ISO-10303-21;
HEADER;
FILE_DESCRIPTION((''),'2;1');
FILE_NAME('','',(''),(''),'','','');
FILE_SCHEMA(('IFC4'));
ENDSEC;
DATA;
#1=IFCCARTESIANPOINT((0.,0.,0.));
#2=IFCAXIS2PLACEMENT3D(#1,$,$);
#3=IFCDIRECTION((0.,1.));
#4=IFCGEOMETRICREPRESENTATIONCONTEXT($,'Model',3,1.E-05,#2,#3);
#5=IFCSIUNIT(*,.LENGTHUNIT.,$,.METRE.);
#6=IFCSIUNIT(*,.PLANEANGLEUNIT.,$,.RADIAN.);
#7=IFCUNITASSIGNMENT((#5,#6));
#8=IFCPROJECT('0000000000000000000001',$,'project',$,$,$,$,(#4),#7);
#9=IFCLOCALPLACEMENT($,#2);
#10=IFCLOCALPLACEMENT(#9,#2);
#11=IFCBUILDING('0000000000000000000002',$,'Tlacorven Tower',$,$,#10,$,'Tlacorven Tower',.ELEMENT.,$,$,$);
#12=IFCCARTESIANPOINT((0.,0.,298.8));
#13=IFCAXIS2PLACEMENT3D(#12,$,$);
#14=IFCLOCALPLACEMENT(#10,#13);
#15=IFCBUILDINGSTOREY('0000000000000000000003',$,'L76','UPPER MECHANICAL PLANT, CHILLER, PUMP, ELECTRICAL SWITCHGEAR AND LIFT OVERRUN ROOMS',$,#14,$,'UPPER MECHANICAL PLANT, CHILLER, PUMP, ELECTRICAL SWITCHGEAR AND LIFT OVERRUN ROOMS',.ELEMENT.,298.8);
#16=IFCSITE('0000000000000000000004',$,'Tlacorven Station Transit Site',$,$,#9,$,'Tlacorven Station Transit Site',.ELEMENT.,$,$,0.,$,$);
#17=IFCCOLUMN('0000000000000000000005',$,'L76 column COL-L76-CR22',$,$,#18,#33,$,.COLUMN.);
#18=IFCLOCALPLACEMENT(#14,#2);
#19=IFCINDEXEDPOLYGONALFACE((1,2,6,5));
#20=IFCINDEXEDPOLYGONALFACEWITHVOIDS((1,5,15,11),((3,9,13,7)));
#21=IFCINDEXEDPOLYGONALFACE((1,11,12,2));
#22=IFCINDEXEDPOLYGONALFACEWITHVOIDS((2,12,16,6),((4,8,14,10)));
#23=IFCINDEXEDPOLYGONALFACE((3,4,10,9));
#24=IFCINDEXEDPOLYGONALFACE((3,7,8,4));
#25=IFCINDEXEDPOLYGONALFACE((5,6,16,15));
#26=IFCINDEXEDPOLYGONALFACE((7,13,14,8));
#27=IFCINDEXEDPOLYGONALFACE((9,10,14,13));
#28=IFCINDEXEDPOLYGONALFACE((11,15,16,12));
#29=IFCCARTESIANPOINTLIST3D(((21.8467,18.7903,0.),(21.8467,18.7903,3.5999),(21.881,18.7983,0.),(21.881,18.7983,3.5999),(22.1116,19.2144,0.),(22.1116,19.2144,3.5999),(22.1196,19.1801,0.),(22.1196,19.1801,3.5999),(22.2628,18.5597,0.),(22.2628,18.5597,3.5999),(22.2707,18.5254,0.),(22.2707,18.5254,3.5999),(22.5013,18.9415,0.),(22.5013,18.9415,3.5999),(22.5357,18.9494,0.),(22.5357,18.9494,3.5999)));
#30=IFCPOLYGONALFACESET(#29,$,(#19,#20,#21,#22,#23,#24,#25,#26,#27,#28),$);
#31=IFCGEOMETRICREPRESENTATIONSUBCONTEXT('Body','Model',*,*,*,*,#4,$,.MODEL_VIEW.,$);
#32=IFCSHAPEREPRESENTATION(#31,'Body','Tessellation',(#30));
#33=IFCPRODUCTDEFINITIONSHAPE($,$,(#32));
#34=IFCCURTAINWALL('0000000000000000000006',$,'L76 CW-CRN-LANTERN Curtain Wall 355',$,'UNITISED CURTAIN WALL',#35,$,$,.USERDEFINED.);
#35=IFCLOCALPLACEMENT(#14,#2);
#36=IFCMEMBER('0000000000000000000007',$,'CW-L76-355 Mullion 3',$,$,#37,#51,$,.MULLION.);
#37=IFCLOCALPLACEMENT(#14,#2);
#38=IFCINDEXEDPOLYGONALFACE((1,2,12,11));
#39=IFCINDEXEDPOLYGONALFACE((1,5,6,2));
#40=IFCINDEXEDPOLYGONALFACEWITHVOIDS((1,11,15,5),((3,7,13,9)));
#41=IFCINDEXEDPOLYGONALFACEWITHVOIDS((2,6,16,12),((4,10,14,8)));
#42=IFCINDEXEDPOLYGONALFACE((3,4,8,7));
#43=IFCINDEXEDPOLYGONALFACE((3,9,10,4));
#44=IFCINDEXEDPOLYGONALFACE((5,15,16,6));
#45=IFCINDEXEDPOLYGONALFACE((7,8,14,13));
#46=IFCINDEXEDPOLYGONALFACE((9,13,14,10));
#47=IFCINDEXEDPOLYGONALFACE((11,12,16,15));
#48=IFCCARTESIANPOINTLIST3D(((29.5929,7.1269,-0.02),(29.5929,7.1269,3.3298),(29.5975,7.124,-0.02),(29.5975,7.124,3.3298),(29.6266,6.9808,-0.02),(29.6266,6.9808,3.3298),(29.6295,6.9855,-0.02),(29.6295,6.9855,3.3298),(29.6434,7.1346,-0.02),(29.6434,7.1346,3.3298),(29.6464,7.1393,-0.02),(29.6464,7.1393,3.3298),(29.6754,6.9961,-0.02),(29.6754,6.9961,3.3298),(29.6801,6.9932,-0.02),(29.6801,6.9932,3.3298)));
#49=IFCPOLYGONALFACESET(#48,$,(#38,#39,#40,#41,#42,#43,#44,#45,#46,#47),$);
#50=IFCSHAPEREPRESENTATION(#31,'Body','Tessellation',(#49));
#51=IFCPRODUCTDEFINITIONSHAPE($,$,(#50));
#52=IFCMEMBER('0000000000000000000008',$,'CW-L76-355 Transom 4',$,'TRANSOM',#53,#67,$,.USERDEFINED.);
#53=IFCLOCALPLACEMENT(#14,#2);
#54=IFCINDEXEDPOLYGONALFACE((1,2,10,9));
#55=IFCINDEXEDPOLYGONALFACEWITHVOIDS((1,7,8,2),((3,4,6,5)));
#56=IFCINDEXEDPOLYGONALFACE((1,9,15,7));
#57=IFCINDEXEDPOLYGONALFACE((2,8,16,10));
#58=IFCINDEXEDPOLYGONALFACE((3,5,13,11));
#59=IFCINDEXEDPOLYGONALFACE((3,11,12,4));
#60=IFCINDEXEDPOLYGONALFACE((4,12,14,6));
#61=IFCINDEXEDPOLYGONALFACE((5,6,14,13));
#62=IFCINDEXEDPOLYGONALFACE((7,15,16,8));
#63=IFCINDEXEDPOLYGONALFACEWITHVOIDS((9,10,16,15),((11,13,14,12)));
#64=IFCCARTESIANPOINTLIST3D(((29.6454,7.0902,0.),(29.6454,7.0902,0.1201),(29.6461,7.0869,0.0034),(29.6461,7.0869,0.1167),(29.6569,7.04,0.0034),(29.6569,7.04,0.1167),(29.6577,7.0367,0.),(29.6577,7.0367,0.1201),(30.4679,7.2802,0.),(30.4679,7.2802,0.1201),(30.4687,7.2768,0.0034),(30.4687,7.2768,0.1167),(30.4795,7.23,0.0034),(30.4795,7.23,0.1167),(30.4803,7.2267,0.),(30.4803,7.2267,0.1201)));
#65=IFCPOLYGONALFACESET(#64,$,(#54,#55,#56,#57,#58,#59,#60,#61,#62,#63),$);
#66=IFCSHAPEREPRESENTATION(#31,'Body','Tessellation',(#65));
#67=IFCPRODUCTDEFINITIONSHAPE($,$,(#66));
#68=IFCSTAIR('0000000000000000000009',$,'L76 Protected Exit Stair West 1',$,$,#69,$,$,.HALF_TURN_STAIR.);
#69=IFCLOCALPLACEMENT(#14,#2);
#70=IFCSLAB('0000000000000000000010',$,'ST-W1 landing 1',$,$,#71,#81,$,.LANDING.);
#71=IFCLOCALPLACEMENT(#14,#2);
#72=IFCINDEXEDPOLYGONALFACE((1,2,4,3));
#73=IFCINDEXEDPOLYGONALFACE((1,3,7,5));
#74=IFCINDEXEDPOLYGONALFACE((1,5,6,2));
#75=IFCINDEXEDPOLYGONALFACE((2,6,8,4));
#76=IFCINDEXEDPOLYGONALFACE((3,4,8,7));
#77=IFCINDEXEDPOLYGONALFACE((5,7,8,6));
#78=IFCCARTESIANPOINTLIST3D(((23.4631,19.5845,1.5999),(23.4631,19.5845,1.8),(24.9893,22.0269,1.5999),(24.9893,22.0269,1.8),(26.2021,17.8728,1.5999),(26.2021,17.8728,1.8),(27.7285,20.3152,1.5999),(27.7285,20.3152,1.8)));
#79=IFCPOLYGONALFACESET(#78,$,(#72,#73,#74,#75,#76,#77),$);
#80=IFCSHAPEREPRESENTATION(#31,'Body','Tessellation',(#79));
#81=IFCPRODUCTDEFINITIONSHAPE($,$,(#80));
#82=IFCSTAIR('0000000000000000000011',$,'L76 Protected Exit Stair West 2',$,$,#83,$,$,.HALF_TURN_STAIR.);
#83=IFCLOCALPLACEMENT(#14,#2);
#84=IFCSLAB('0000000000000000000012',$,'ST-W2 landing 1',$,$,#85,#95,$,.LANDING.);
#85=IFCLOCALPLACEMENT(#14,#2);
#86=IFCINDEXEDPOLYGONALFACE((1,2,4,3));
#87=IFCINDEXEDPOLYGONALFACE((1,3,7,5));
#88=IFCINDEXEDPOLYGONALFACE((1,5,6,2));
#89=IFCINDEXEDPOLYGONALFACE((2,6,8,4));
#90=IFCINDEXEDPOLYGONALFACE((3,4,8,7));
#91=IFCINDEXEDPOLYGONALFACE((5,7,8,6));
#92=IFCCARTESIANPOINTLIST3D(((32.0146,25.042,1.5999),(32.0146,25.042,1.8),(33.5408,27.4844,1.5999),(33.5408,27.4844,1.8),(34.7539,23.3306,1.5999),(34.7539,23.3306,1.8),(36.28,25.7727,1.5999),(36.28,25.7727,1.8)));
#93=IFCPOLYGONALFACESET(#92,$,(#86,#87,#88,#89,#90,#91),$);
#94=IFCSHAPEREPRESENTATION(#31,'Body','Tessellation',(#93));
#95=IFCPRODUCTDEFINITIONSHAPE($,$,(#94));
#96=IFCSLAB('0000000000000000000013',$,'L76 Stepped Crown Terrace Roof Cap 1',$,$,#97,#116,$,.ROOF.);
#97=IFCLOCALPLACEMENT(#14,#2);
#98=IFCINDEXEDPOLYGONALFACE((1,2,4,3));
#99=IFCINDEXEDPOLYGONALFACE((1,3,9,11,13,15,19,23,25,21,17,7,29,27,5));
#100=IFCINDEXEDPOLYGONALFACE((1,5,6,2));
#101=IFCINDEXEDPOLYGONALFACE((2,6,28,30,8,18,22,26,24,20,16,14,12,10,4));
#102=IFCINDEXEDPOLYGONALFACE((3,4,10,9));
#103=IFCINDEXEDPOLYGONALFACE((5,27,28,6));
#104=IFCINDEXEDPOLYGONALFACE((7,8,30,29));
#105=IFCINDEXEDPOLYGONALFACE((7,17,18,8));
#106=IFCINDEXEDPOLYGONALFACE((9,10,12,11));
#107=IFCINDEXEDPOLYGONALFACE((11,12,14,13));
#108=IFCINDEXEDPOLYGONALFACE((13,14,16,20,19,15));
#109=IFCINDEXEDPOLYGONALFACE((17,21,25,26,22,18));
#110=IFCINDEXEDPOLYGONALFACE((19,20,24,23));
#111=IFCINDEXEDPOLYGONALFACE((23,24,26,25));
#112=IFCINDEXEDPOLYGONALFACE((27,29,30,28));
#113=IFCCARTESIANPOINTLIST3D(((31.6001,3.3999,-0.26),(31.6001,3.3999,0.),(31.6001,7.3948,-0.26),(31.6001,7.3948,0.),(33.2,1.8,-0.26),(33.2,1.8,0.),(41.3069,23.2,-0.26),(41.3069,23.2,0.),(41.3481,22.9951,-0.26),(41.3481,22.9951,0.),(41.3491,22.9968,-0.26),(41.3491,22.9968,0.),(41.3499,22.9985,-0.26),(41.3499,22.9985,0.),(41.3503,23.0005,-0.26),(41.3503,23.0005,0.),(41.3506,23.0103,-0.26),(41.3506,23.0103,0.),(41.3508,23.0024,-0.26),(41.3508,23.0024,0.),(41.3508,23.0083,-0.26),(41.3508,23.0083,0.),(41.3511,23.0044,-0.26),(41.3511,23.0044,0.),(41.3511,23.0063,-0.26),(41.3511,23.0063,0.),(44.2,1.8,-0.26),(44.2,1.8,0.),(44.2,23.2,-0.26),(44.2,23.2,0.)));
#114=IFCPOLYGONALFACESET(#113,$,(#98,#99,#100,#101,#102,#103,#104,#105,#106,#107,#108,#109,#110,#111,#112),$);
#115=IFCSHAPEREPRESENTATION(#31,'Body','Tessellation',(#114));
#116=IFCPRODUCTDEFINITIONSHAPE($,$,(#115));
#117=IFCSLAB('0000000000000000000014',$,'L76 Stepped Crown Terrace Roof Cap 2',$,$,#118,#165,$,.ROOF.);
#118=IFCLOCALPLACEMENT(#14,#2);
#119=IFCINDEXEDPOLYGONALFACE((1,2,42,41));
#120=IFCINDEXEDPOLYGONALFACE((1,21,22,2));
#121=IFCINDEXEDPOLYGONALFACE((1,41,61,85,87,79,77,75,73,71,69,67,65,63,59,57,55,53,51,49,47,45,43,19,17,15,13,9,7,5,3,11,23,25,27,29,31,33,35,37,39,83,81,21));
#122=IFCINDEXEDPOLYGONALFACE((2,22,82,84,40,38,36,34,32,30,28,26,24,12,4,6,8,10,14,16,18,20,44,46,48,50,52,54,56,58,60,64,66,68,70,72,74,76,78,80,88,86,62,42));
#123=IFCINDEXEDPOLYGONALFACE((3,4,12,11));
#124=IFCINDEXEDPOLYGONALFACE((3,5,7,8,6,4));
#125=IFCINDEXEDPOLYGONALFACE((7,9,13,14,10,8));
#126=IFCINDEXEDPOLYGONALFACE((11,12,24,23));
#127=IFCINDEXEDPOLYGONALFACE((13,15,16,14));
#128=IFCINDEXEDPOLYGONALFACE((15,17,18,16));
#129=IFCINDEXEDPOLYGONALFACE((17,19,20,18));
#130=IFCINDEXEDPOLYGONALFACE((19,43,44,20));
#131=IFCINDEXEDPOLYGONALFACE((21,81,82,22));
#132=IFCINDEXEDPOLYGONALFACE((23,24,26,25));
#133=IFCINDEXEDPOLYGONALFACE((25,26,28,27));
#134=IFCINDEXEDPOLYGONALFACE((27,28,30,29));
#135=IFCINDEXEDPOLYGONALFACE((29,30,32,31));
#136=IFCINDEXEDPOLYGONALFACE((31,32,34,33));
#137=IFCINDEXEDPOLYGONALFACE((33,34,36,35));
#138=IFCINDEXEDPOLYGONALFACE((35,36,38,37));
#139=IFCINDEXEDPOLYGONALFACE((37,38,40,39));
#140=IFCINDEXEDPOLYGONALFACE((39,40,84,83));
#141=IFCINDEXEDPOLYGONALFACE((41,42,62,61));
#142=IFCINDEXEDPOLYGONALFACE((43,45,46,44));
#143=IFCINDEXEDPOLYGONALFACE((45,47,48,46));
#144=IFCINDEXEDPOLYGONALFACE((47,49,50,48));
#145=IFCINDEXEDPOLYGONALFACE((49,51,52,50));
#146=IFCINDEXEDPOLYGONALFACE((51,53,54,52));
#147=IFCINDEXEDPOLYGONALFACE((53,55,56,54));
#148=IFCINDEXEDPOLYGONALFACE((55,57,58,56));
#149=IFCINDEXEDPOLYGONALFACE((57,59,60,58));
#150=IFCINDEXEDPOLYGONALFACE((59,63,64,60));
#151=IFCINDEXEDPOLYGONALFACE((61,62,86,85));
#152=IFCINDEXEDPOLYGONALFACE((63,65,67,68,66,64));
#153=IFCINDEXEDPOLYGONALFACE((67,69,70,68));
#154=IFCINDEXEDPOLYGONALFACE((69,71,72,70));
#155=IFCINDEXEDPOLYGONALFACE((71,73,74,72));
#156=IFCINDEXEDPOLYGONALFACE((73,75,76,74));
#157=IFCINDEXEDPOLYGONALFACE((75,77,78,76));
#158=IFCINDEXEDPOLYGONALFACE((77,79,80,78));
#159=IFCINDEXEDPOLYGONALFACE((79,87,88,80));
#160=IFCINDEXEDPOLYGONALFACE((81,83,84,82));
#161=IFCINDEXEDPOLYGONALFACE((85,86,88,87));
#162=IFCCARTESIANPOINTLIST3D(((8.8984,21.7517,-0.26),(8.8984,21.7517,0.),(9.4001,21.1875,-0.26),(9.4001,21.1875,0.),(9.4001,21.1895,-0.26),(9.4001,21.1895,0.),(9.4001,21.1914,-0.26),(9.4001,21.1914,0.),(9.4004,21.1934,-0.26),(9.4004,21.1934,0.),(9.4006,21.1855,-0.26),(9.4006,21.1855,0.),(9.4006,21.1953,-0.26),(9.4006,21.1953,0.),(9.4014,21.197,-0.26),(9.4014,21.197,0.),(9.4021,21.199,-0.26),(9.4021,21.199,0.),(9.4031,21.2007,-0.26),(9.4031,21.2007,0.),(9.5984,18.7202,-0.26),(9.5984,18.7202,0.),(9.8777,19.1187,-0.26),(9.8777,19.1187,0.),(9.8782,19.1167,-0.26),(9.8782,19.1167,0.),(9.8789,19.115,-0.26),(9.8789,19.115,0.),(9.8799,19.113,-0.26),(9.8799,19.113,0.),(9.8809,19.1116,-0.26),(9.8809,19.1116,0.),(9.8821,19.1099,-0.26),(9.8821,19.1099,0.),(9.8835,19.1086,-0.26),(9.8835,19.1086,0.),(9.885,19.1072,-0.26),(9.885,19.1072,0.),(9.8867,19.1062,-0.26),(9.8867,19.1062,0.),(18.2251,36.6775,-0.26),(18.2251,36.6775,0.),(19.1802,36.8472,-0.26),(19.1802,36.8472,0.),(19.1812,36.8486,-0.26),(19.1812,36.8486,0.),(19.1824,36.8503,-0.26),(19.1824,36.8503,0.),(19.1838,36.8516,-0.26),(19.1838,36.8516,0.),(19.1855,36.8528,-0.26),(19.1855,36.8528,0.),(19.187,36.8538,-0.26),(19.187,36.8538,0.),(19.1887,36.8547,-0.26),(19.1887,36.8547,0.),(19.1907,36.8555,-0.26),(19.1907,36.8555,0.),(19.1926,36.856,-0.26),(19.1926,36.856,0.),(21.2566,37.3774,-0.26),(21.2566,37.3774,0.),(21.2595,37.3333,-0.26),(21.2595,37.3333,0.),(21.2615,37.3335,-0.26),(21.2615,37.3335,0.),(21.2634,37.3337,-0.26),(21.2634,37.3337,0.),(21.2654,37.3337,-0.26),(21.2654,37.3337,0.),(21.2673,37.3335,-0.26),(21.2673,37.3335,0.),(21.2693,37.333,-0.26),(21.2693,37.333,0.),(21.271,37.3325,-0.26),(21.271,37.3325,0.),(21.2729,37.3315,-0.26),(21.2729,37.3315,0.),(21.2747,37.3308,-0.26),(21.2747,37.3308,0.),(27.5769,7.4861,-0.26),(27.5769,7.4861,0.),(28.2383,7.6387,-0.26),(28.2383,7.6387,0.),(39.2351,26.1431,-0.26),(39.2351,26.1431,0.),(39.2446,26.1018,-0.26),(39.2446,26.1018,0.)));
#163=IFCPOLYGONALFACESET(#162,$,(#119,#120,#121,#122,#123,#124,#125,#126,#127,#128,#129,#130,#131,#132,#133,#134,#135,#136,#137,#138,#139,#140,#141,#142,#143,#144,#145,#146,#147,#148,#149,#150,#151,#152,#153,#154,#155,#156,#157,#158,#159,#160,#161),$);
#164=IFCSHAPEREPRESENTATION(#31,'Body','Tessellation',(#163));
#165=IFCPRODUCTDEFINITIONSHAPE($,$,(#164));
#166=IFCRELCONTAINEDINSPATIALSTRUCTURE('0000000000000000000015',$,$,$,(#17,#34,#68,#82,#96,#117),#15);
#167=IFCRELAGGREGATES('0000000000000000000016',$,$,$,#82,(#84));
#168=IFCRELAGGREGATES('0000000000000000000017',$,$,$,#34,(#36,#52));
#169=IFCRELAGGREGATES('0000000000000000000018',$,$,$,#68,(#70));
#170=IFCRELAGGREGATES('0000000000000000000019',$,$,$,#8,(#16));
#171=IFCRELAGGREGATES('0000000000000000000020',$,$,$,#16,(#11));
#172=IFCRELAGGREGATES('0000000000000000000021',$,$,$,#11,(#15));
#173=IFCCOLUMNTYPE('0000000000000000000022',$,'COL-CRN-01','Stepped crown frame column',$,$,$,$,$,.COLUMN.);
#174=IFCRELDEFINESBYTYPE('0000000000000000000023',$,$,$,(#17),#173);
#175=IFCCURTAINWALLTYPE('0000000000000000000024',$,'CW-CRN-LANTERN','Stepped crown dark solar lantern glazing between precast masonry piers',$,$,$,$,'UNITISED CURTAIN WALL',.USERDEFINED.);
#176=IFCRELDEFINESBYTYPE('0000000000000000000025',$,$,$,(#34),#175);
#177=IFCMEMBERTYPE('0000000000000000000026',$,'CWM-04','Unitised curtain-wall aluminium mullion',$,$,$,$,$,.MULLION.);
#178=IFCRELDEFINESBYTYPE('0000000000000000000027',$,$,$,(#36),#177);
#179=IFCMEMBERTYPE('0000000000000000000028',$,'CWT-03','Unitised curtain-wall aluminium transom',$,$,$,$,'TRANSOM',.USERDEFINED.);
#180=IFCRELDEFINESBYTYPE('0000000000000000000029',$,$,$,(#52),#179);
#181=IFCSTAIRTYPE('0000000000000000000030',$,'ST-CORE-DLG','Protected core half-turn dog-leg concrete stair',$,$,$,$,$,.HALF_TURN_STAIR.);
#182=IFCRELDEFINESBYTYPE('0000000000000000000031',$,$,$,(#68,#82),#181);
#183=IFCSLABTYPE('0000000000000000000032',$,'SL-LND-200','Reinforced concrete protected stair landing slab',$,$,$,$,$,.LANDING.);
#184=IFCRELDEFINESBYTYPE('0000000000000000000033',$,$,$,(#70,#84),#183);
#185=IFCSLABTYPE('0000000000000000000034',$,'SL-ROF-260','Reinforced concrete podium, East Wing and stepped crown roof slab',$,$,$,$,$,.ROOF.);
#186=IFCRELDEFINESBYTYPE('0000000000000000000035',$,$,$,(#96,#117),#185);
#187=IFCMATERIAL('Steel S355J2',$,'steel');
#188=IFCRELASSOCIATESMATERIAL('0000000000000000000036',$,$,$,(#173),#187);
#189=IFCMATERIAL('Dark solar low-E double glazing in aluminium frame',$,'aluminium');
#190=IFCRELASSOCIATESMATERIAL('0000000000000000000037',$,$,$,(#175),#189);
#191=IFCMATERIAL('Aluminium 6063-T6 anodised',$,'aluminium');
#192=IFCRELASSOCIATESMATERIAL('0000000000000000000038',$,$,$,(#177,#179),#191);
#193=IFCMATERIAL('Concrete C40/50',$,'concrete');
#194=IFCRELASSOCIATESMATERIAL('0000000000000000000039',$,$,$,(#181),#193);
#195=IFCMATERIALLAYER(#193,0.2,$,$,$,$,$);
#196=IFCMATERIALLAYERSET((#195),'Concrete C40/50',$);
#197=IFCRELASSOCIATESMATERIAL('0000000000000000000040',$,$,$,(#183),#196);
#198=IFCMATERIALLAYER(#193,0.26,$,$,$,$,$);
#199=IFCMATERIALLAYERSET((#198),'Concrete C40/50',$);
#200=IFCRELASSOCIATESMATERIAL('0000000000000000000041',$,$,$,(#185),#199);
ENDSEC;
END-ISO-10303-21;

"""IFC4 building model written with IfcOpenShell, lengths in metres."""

from ifc_helpers import new_model, si_unit, direction, frame, origin, origin_2d, place, context, subcontext, project, spatial, polyline, hollow_rectangle, outline, extrude, source, transform, mapped, material, layer, layer_set, material_profile, profile_set, type_object, element, aggregate, save


model = new_model("IFC4")

# Units and contexts
model_context = context("Model", 3, precision=1e-05, world=origin(), true_north=direction((0.0, 1.0)))
body_context = subcontext(model_context, "Body", "Model", "MODEL_VIEW")
ifc_project = project(units=[si_unit("LENGTHUNIT", "METRE"), si_unit("PLANEANGLEUNIT", "RADIAN")], contexts=[model_context])

# Site, building, storey
site_placement = place(None, origin())
site = spatial("IfcSite", under=ifc_project, at=site_placement, Name="Tlacorven Station Transit Site", LongName="Tlacorven Station Transit Site", CompositionType="ELEMENT", RefElevation=0.0)
building_placement = place(site_placement, origin())
building = spatial("IfcBuilding", under=site, at=building_placement, Name="Tlacorven Tower", LongName="Tlacorven Tower", CompositionType="ELEMENT")
storey_placement = place(building_placement, frame((0.0, 0.0, 298.8)))
storey = spatial("IfcBuildingStorey", under=building, at=storey_placement, Name="L76", Description="UPPER MECHANICAL PLANT, CHILLER, PUMP, ELECTRICAL SWITCHGEAR AND LIFT OVERRUN ROOMS", LongName="UPPER MECHANICAL PLANT, CHILLER, PUMP, ELECTRICAL SWITCHGEAR AND LIFT OVERRUN ROOMS", CompositionType="ELEMENT", Elevation=298.8)

# Column
ifc_material_1 = material(Name="Steel S355J2", Category="steel")
ifc_material_profile_1 = material_profile(ifc_material_1, hollow_rectangle(XDim=0.5, YDim=0.5, WallThickness=0.0249, at=origin_2d()), Name="BOX 500X500X25")
ifc_profile_set_1 = profile_set([ifc_material_profile_1], Name="Steel S355J2")
column_type = type_object("IfcColumnType", Name="COL-CRN-01", Description="Stepped crown frame column", PredefinedType="COLUMN", material=ifc_profile_set_1)
shared_shape_1 = source(origin(), body_context, "Body", "SweptSolid", [
    extrude(hollow_rectangle(XDim=0.5, YDim=0.5, WallThickness=0.0249, at=origin_2d()), origin(), (0.0, 0.0, 1.0), 3.5999),
])
column_placement = place(storey_placement, frame((22.1912, 18.8699, 0.0), z_axis=(0.0, 0.0, 1.0), x_axis=(-0.848048, 0.529919, 0.0)))
element("IfcColumn", 1, at=column_placement, inside=storey, type_object=column_type, Name="L76 column COL-L76-CR22", PredefinedType="COLUMN", context=body_context, shape_type="MappedRepresentation", body=[
    mapped(shared_shape_1, transform((0.0, 0.0, 0.0), scale=1.0)),
])

# Curtain wall, members
ifc_material_2 = material(Name="Dark solar low-E double glazing in aluminium frame", Category="aluminium")
curtain_wall_type = type_object("IfcCurtainWallType", Name="CW-CRN-LANTERN", Description="Stepped crown dark solar lantern glazing between precast masonry piers", ElementType="UNITISED CURTAIN WALL", PredefinedType="USERDEFINED", material=ifc_material_2)
curtain_wall_placement = place(storey_placement, origin())
curtain_wall = element("IfcCurtainWall", 2, at=curtain_wall_placement, inside=storey, type_object=curtain_wall_type, Name="L76 CW-CRN-LANTERN Curtain Wall 355", ObjectType="UNITISED CURTAIN WALL", PredefinedType="USERDEFINED")
ifc_material_3 = material(Name="Aluminium 6063-T6 anodised", Category="aluminium")
ifc_material_profile_2 = material_profile(ifc_material_3, hollow_rectangle(XDim=0.0549, YDim=0.1499, WallThickness=0.0039, at=origin_2d()), Name="ALU MULLION 55X150")
ifc_profile_set_2 = profile_set([ifc_material_profile_2], Name="Aluminium 6063-T6 anodised")
member_type_1 = type_object("IfcMemberType", Name="CWM-04", Description="Unitised curtain-wall aluminium mullion", PredefinedType="MULLION", material=ifc_profile_set_2)
shared_shape_2 = source(origin(), body_context, "Body", "SweptSolid", [
    extrude(hollow_rectangle(XDim=0.0549, YDim=0.1499, WallThickness=0.0039, at=origin_2d()), origin(), (0.0, 0.0, 1.0), 3.3499),
])
member_1_placement = place(storey_placement, frame((29.6365, 7.0601, -0.02), z_axis=(0.0, 0.0, 1.0), x_axis=(-0.97437, -0.22495, 0.0)))
member_1 = element("IfcMember", 3, at=member_1_placement, type_object=member_type_1, Name="CW-L76-355 Mullion 3", PredefinedType="MULLION", context=body_context, shape_type="MappedRepresentation", body=[
    mapped(shared_shape_2, transform((0.0, 0.0, 0.0), scale=1.0)),
])
ifc_material_profile_3 = material_profile(ifc_material_3, hollow_rectangle(XDim=0.0549, YDim=0.1201, WallThickness=0.0034, at=origin_2d()), Name="ALU TRANSOM 55X120")
ifc_profile_set_3 = profile_set([ifc_material_profile_3], Name="Aluminium 6063-T6 anodised")
member_type_2 = type_object("IfcMemberType", Name="CWT-03", Description="Unitised curtain-wall aluminium transom", ElementType="TRANSOM", PredefinedType="USERDEFINED", material=ifc_profile_set_3)
shared_shape_3 = source(origin(), body_context, "Body", "SweptSolid", [
    extrude(hollow_rectangle(XDim=0.0549, YDim=0.1201, WallThickness=0.0034, at=origin_2d()), origin(), (0.0, 0.0, 1.0), 0.8442),
])
member_2_placement = place(storey_placement, frame((30.4741, 7.2534, 0.0601), z_axis=(-0.974357, -0.225007, 0.0), x_axis=(0.225007, -0.974357, 0.0)))
member_2 = element("IfcMember", 4, at=member_2_placement, type_object=member_type_2, Name="CW-L76-355 Transom 4", ObjectType="TRANSOM", PredefinedType="USERDEFINED", context=body_context, shape_type="MappedRepresentation", body=[
    mapped(shared_shape_3, transform((0.0, 0.0, 0.0), scale=1.0)),
])

# Stairs, slabs
ifc_material_4 = material(Name="Concrete C40/50", Category="concrete")
stair_type = type_object("IfcStairType", Name="ST-CORE-DLG", Description="Protected core half-turn dog-leg concrete stair", PredefinedType="HALF_TURN_STAIR", material=ifc_material_4)
stair_1_placement = place(storey_placement, origin())
stair_1 = element("IfcStair", 5, at=stair_1_placement, inside=storey, type_object=stair_type, Name="L76 Protected Exit Stair West 1", PredefinedType="HALF_TURN_STAIR")
ifc_layer_1 = layer(ifc_material_4, 0.2)
ifc_layer_set_1 = layer_set([ifc_layer_1], Name="Concrete C40/50")
slab_type_1 = type_object("IfcSlabType", Name="SL-LND-200", Description="Reinforced concrete protected stair landing slab", PredefinedType="LANDING", material=ifc_layer_set_1)
slab_1_placement = place(storey_placement, frame((0.0, 0.0, 1.5999)))
slab_1 = element("IfcSlab", 6, at=slab_1_placement, type_object=slab_type_1, Name="ST-W1 landing 1", PredefinedType="LANDING", context=body_context, shape_type="SweptSolid", body=[
    extrude(outline(polyline([(27.7285, 20.3152), (24.9893, 22.0269), (23.4631, 19.5845), (26.2021, 17.8728), (27.7285, 20.3152)])), origin(), (0.0, 0.0, 1.0), 0.2002),
])
stair_2_placement = place(storey_placement, origin())
stair_2 = element("IfcStair", 7, at=stair_2_placement, inside=storey, type_object=stair_type, Name="L76 Protected Exit Stair West 2", PredefinedType="HALF_TURN_STAIR")
slab_2_placement = place(storey_placement, frame((0.0, 0.0, 1.5999)))
slab_2 = element("IfcSlab", 8, at=slab_2_placement, type_object=slab_type_1, Name="ST-W2 landing 1", PredefinedType="LANDING", context=body_context, shape_type="SweptSolid", body=[
    extrude(outline(polyline([(36.28, 25.7727), (33.5408, 27.4844), (32.0146, 25.042), (34.7539, 23.3306), (36.28, 25.7727)])), origin(), (0.0, 0.0, 1.0), 0.2002),
])
aggregate(stair_2, [slab_2])

# Slabs
ifc_layer_2 = layer(ifc_material_4, 0.26)
ifc_layer_set_2 = layer_set([ifc_layer_2], Name="Concrete C40/50")
slab_type_2 = type_object("IfcSlabType", Name="SL-ROF-260", Description="Reinforced concrete podium, East Wing and stepped crown roof slab", PredefinedType="ROOF", material=ifc_layer_set_2)
slab_3_placement = place(storey_placement, frame((0.0, 0.0, -0.26)))
element("IfcSlab", 9, at=slab_3_placement, inside=storey, type_object=slab_type_2, Name="L76 Stepped Crown Terrace Roof Cap 1", PredefinedType="ROOF", context=body_context, shape_type="SweptSolid", body=[
    extrude(outline(polyline([(44.2, 1.8), (33.2, 1.8), (31.6001, 3.3999), (31.6001, 7.3948), (41.3481, 22.9951), (41.3491, 22.9968), (41.3499, 22.9985), (41.3503, 23.0005), (41.3508, 23.0024), (41.3511, 23.0044), (41.3511, 23.0063), (41.3508, 23.0083), (41.3506, 23.0103), (41.3069, 23.2), (44.2, 23.2), (44.2, 1.8)])), origin(), (0.0, 0.0, 1.0), 0.26),
])
slab_4_placement = place(storey_placement, frame((0.0, 0.0, -0.26)))
element("IfcSlab", 10, at=slab_4_placement, inside=storey, type_object=slab_type_2, Name="L76 Stepped Crown Terrace Roof Cap 2", PredefinedType="ROOF", context=body_context, shape_type="SweptSolid", body=[
    extrude(outline(polyline([(27.5769, 7.4861), (9.5984, 18.7202), (8.8984, 21.7517), (18.2251, 36.6775), (21.2566, 37.3774), (39.2351, 26.1431), (39.2446, 26.1018), (21.2747, 37.3308), (21.2729, 37.3315), (21.271, 37.3325), (21.2693, 37.333), (21.2673, 37.3335), (21.2654, 37.3337), (21.2634, 37.3337), (21.2615, 37.3335), (21.2595, 37.3333), (19.1926, 36.856), (19.1907, 36.8555), (19.1887, 36.8547), (19.187, 36.8538), (19.1855, 36.8528), (19.1838, 36.8516), (19.1824, 36.8503), (19.1812, 36.8486), (19.1802, 36.8472), (9.4031, 21.2007), (9.4021, 21.199), (9.4014, 21.197), (9.4006, 21.1953), (9.4004, 21.1934), (9.4001, 21.1914), (9.4001, 21.1895), (9.4001, 21.1875), (9.4006, 21.1855), (9.8777, 19.1187), (9.8782, 19.1167), (9.8789, 19.115), (9.8799, 19.113), (9.8809, 19.1116), (9.8821, 19.1099), (9.8835, 19.1086), (9.885, 19.1072), (9.8867, 19.1062), (28.2383, 7.6387), (27.5769, 7.4861)])), origin(), (0.0, 0.0, 1.0), 0.26),
])

aggregate(curtain_wall, [member_1, member_2])

aggregate(stair_1, [slab_1])

save(model, "model.ifc")
